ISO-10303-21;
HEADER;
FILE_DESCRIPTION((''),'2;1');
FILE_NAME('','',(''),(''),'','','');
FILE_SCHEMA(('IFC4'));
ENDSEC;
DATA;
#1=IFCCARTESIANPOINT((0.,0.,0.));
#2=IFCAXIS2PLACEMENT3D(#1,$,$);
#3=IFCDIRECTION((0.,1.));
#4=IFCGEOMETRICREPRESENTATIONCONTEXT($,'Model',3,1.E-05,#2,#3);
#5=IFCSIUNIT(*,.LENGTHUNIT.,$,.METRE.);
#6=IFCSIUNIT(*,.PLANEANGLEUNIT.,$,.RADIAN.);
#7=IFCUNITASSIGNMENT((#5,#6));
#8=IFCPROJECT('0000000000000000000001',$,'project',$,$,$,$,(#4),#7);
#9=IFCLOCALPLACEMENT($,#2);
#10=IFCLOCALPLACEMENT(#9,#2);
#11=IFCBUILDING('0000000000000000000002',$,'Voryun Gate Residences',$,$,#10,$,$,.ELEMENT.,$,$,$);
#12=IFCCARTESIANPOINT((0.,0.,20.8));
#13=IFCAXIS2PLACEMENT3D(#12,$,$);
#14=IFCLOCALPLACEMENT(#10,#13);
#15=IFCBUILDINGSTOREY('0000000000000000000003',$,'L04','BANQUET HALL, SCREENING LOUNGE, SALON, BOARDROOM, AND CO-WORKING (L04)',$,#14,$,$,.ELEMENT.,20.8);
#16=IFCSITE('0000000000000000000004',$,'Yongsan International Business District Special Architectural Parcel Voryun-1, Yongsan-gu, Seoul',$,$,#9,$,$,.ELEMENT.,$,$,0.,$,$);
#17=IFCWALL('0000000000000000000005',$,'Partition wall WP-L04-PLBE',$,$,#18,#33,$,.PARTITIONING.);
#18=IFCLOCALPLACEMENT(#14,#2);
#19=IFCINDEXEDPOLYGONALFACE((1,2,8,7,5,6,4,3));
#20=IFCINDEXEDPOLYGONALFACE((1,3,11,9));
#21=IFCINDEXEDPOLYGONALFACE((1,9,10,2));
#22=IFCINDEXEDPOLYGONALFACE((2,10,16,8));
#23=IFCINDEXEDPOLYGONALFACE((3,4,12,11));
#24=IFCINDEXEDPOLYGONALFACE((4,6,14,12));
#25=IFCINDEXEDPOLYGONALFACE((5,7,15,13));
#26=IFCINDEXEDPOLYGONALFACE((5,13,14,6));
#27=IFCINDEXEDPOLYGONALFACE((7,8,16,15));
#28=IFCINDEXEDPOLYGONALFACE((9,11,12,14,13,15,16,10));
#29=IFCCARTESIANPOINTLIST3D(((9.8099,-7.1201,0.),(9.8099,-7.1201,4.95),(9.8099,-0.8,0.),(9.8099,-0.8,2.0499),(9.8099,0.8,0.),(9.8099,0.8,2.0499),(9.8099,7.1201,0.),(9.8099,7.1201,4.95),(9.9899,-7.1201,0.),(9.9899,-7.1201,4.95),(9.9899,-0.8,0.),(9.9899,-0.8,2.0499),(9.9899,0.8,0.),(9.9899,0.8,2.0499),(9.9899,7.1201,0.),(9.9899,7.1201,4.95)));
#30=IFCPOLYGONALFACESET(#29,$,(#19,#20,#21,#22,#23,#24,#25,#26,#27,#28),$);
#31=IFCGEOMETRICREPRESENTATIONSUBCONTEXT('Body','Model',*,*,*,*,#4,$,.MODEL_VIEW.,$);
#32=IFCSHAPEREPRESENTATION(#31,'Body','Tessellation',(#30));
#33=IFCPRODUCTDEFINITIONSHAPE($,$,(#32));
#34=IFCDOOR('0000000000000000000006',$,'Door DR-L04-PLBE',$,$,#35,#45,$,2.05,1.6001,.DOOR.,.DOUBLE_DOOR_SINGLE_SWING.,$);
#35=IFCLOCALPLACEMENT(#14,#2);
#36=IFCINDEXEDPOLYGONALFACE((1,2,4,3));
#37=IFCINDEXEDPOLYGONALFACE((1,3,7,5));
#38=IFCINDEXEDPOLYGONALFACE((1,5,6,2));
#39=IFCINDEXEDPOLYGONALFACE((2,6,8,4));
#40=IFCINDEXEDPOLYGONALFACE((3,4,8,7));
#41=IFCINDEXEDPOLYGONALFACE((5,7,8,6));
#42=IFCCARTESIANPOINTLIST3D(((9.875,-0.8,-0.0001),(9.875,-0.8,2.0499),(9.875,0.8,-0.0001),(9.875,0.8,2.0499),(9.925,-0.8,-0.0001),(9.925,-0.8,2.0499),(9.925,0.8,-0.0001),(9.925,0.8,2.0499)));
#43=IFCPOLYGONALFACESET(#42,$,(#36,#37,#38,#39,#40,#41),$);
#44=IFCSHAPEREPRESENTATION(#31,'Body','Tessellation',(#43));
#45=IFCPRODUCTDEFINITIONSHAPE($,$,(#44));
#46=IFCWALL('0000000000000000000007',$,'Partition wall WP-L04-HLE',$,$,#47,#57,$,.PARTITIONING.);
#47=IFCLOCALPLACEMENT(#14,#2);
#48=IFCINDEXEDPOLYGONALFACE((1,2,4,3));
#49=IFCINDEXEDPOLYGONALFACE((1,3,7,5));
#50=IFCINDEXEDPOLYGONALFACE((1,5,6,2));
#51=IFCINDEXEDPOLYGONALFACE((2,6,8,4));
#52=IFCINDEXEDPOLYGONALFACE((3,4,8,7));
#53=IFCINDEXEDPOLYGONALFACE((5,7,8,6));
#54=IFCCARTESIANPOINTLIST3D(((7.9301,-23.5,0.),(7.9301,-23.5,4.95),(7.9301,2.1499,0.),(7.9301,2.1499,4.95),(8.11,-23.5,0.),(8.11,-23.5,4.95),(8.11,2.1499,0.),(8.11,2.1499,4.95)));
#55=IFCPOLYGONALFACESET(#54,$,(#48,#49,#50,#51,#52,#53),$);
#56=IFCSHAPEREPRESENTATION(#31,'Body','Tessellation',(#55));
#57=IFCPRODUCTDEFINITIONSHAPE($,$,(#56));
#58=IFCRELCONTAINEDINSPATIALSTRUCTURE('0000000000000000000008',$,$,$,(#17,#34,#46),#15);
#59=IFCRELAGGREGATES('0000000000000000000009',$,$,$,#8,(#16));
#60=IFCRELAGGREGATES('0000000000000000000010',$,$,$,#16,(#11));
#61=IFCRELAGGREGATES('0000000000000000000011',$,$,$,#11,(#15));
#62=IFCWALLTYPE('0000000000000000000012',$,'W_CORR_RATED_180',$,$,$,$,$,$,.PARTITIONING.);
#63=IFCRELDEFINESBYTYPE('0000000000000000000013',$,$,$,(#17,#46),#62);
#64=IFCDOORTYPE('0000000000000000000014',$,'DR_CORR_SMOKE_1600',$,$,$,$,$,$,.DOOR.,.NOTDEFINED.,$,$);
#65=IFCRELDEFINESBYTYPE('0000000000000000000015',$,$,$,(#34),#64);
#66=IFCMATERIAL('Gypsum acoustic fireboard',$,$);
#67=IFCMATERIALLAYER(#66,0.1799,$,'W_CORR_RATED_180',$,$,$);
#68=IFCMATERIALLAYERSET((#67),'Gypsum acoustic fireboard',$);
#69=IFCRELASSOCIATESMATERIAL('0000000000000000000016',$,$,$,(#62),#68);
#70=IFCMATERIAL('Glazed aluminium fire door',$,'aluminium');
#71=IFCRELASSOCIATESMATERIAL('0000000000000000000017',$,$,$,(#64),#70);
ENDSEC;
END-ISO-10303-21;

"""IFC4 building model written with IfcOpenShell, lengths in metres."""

from ifc_helpers import new_model, si_unit, direction, frame, frame_2d, origin, place, context, subcontext, project, spatial, rectangle, extrude, material, layer, layer_set, type_object, element, fill, save


model = new_model("IFC4")

# Units and contexts
model_context = context("Model", 3, precision=1e-05, world=origin(), true_north=direction((0.0, 1.0)))
body_context = subcontext(model_context, "Body", "Model", "MODEL_VIEW")
ifc_project = project(units=[si_unit("LENGTHUNIT", "METRE"), si_unit("PLANEANGLEUNIT", "RADIAN")], contexts=[model_context])

# Site, building, storey
site_placement = place(None, origin())
site = spatial("IfcSite", under=ifc_project, at=site_placement, Name="Yongsan International Business District Special Architectural Parcel Voryun-1, Yongsan-gu, Seoul", CompositionType="ELEMENT", RefElevation=0.0)
building_placement = place(site_placement, origin())
building = spatial("IfcBuilding", under=site, at=building_placement, Name="Voryun Gate Residences", CompositionType="ELEMENT")
storey_placement = place(building_placement, frame((0.0, 0.0, 20.8)))
storey = spatial("IfcBuildingStorey", under=building, at=storey_placement, Name="L04", Description="BANQUET HALL, SCREENING LOUNGE, SALON, BOARDROOM, AND CO-WORKING (L04)", CompositionType="ELEMENT", Elevation=20.8)

# Shared definitions
ifc_material_1 = material(Name="Gypsum acoustic fireboard")
ifc_layer_1 = layer(ifc_material_1, 0.1799, Name="W_CORR_RATED_180")
ifc_layer_set_1 = layer_set([ifc_layer_1], Name="Gypsum acoustic fireboard")
wall_type_1 = type_object("IfcWallType", Name="W_CORR_RATED_180", PredefinedType="PARTITIONING", material=ifc_layer_set_1)

# Wall, opening, door
wall_1_placement = place(storey_placement, frame((9.8999, -7.1201, 0.0), z_axis=(0.0, 0.0, 1.0), x_axis=(0.0, 1.0, 0.0)))
wall_1 = element("IfcWall", 1, at=wall_1_placement, inside=storey, type_object=wall_type_1, Name="Partition wall WP-L04-PLBE", PredefinedType="PARTITIONING", context=body_context, shape_type="SweptSolid", body=[
    extrude(rectangle(XDim=14.2402, YDim=0.1799, at=frame_2d((7.1201, 0.0))), origin(), (0.0, 0.0, 1.0), 4.95),
])
opening_1_placement = place(wall_1_placement, frame((6.3201, 0.0, 0.0)))
opening_1 = element("IfcOpeningElement", 2, at=opening_1_placement, cuts=wall_1, PredefinedType="OPENING", context=body_context, shape_type="SweptSolid", body=[
    extrude(rectangle(XDim=1.6001, YDim=2.05, at=frame_2d((0.8, 1.0249))), frame((0.0, 0.0999, 0.0), z_axis=(0.0, -1.0, 0.0), x_axis=(1.0, 0.0, 0.0)), (0.0, 0.0, 1.0), 0.2),
])
ifc_material_2 = material(Name="Glazed aluminium fire door", Category="aluminium")
door_type_1 = type_object("IfcDoorType", Name="DR_CORR_SMOKE_1600", OperationType="NOTDEFINED", PredefinedType="DOOR", material=ifc_material_2)
door_1_placement = place(opening_1_placement, origin())
door_1 = element("IfcDoor", 3, at=door_1_placement, inside=storey, type_object=door_type_1, Name="Door DR-L04-PLBE", OperationType="DOUBLE_DOOR_SINGLE_SWING", OverallHeight=2.05, OverallWidth=1.6001, PredefinedType="DOOR", context=body_context, shape_type="SweptSolid", body=[
    extrude(rectangle(XDim=1.6001, YDim=2.05, at=frame_2d((0.8, 1.0249))), frame((0.0, 0.0249, 0.0), z_axis=(0.0, -1.0, 0.0), x_axis=(1.0, 0.0, 0.0)), (0.0, 0.0, 1.0), 0.05),
])
fill(opening_1, door_1)

# Wall
wall_2_placement = place(storey_placement, frame((8.02, -23.5, 0.0), z_axis=(0.0, 0.0, 1.0), x_axis=(0.0, 1.0, 0.0)))
element("IfcWall", 4, at=wall_2_placement, inside=storey, type_object=wall_type_1, Name="Partition wall WP-L04-HLE", PredefinedType="PARTITIONING", context=body_context, shape_type="SweptSolid", body=[
    extrude(rectangle(XDim=25.6499, YDim=0.1799, at=frame_2d((12.825, 0.0))), origin(), (0.0, 0.0, 1.0), 4.95),
])

save(model, "model.ifc")
